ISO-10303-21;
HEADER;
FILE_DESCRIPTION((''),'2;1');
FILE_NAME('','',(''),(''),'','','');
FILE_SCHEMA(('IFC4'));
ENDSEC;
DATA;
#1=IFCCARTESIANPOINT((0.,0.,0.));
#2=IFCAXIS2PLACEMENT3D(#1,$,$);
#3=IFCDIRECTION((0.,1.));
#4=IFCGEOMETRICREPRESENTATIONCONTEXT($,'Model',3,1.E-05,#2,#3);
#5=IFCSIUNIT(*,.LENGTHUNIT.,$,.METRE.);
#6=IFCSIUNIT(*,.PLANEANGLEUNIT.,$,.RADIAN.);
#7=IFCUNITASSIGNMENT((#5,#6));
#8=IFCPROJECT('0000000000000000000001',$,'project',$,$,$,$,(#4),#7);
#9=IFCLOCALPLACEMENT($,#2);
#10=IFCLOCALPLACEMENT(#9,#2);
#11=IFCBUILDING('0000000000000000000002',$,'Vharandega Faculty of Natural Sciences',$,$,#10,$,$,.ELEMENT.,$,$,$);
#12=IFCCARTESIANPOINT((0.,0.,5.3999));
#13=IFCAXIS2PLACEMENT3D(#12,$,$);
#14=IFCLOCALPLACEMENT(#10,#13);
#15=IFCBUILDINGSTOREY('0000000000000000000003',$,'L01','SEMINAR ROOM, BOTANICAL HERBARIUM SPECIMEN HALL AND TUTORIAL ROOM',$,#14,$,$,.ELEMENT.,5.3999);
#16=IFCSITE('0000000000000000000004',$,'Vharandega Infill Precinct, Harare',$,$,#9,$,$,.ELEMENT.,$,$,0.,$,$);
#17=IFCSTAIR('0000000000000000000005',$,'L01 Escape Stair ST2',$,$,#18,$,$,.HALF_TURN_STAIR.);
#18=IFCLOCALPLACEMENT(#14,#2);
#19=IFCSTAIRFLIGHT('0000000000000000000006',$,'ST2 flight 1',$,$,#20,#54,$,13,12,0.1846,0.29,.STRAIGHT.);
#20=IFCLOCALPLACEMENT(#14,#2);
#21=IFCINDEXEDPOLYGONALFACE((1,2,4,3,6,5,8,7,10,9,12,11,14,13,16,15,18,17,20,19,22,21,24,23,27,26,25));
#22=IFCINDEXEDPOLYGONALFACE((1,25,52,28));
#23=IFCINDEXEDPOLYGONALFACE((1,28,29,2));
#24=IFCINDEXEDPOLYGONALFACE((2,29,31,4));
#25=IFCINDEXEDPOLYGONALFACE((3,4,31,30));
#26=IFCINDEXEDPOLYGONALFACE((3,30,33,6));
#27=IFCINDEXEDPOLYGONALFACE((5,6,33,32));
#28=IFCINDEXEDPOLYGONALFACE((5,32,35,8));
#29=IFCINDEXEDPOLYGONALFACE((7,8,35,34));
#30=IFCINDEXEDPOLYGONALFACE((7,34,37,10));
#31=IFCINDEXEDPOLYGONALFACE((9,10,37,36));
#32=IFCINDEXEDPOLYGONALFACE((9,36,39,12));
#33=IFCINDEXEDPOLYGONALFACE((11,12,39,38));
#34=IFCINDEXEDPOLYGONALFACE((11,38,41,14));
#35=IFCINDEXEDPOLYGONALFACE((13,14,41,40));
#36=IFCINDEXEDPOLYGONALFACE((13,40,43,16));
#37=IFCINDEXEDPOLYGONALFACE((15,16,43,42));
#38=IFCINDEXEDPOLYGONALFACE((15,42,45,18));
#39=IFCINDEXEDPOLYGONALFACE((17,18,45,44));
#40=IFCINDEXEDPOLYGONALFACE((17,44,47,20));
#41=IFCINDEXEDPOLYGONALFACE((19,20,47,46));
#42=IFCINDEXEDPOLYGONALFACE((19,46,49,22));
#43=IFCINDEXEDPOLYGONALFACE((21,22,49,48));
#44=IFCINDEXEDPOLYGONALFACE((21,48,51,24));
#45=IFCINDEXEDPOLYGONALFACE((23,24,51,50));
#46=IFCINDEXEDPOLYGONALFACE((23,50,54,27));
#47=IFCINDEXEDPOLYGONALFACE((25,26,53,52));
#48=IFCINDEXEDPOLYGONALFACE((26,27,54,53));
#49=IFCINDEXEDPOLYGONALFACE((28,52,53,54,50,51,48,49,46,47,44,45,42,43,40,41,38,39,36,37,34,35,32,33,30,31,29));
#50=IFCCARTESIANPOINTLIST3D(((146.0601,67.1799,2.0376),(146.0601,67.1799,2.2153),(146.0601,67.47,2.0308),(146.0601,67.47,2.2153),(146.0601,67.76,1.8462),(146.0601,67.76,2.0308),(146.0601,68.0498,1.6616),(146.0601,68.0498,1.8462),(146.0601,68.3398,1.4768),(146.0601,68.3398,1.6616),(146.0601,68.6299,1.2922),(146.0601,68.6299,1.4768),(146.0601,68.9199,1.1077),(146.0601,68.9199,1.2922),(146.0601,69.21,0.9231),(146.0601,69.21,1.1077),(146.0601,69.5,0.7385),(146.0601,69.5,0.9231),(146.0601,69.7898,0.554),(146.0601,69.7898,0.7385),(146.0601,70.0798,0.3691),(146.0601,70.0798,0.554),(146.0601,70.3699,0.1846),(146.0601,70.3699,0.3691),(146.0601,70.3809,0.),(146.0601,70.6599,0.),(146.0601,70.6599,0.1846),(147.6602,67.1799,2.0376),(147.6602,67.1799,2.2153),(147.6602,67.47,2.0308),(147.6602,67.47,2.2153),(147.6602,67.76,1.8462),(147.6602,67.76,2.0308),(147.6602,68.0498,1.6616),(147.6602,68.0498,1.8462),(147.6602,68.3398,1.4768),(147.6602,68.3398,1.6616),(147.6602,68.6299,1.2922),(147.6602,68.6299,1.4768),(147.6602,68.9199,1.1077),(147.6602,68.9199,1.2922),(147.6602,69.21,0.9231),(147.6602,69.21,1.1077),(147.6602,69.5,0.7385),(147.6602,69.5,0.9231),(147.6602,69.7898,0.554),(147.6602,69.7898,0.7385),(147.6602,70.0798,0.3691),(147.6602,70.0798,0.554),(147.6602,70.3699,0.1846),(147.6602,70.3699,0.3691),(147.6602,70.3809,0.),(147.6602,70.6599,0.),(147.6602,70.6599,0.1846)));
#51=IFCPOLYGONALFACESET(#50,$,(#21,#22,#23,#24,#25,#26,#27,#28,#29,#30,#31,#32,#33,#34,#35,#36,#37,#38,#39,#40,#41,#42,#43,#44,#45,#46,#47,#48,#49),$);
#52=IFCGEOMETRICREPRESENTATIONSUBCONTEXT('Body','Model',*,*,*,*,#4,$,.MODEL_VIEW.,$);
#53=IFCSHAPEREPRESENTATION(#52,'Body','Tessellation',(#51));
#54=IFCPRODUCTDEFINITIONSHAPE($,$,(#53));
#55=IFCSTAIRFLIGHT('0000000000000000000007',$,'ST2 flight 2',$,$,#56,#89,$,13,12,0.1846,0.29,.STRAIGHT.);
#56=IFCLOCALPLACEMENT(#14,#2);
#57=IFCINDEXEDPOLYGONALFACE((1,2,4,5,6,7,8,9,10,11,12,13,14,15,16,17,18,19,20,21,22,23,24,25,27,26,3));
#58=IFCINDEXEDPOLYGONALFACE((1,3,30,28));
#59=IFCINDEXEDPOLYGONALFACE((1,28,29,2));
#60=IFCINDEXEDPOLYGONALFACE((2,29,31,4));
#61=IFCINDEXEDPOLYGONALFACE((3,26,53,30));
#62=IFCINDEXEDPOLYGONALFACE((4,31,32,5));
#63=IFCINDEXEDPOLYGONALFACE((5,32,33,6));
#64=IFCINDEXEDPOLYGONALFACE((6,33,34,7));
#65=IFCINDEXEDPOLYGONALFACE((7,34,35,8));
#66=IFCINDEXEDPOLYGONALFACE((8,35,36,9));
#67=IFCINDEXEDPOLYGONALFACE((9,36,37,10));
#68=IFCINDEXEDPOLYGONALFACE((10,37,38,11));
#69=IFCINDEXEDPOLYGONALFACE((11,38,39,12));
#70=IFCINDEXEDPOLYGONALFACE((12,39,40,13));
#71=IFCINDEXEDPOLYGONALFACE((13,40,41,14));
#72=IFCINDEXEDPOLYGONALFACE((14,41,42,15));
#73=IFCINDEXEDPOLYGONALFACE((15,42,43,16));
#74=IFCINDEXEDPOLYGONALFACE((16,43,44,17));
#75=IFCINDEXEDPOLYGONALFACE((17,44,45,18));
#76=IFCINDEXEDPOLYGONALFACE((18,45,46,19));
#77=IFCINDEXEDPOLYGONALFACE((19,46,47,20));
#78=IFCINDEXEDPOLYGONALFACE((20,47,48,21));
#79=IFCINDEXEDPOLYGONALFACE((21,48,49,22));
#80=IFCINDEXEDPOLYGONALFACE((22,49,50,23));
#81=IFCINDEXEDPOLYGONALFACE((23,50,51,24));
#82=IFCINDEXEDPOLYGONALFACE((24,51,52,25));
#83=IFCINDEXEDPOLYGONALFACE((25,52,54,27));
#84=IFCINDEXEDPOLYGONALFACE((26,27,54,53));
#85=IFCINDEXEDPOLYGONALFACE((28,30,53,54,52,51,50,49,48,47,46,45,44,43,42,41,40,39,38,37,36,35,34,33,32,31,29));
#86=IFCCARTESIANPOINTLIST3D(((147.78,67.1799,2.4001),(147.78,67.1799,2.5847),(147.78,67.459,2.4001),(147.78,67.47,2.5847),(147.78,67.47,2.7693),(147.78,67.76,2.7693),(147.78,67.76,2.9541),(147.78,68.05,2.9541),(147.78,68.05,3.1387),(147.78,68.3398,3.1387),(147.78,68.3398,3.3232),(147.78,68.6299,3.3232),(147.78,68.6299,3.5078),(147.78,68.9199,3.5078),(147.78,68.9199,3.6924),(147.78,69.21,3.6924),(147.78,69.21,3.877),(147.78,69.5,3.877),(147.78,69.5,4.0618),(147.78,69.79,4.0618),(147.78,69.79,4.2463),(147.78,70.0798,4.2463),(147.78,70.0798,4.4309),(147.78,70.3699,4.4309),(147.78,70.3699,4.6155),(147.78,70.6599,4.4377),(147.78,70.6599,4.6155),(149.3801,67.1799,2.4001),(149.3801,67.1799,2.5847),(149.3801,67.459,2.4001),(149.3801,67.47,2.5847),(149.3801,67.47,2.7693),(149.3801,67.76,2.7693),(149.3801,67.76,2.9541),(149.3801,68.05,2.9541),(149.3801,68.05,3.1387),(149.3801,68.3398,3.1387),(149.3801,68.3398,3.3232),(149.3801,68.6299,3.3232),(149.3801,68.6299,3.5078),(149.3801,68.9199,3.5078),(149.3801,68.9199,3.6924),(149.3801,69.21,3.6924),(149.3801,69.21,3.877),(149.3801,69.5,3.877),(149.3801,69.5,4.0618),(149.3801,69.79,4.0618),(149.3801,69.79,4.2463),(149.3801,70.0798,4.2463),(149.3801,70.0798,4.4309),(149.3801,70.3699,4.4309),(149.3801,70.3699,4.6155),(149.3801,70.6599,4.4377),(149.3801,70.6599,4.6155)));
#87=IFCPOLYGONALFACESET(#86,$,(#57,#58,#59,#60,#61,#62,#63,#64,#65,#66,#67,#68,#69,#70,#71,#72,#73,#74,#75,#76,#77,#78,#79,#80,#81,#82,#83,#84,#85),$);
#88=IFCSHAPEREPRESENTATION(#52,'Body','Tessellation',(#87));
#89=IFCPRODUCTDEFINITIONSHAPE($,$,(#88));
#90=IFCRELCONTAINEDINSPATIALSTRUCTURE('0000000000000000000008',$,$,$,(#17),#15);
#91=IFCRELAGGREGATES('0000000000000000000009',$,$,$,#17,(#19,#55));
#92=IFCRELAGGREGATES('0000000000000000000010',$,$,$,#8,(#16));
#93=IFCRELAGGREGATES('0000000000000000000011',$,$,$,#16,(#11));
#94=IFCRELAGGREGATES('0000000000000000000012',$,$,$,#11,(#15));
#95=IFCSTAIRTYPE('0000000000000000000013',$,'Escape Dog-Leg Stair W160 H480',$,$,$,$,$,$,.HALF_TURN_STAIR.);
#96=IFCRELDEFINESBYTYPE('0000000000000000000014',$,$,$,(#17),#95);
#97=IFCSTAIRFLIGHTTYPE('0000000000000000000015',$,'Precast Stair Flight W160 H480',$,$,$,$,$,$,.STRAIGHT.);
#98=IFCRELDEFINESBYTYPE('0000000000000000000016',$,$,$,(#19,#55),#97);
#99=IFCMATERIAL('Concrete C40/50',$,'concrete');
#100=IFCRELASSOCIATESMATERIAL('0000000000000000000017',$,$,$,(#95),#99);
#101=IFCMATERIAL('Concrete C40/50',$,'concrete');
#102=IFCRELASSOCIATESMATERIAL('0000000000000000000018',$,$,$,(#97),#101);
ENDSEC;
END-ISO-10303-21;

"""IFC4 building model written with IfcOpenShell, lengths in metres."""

from ifc_helpers import new_model, si_unit, direction, frame, origin, place, context, subcontext, project, spatial, polyline, outline, extrude, material, type_object, element, aggregate, save


model = new_model("IFC4")

# Units and contexts
model_context = context("Model", 3, precision=1e-05, world=origin(), true_north=direction((0.0, 1.0)))
body_context = subcontext(model_context, "Body", "Model", "MODEL_VIEW")
ifc_project = project(units=[si_unit("LENGTHUNIT", "METRE"), si_unit("PLANEANGLEUNIT", "RADIAN")], contexts=[model_context])

# Site, building, storey
site_placement = place(None, origin())
site = spatial("IfcSite", under=ifc_project, at=site_placement, Name="Vharandega Infill Precinct, Harare", CompositionType="ELEMENT", RefElevation=0.0)
building_placement = place(site_placement, origin())
building = spatial("IfcBuilding", under=site, at=building_placement, Name="Vharandega Faculty of Natural Sciences", CompositionType="ELEMENT")
storey_placement = place(building_placement, frame((0.0, 0.0, 5.3999)))
storey = spatial("IfcBuildingStorey", under=building, at=storey_placement, Name="L01", Description="SEMINAR ROOM, BOTANICAL HERBARIUM SPECIMEN HALL AND TUTORIAL ROOM", CompositionType="ELEMENT", Elevation=5.3999)

# Stair, stair flights
ifc_material_1 = material(Name="Concrete C40/50", Category="concrete")
stair_type = type_object("IfcStairType", Name="Escape Dog-Leg Stair W160 H480", PredefinedType="HALF_TURN_STAIR", material=ifc_material_1)
stair_placement = place(storey_placement, origin())
stair = element("IfcStair", 1, at=stair_placement, inside=storey, type_object=stair_type, Name="L01 Escape Stair ST2", PredefinedType="HALF_TURN_STAIR")
ifc_material_2 = material(Name="Concrete C40/50", Category="concrete")
stair_flight_type = type_object("IfcStairFlightType", Name="Precast Stair Flight W160 H480", PredefinedType="STRAIGHT", material=ifc_material_2)
stair_flight_1_placement = place(storey_placement, frame((146.8601, 70.6599, 0.0), z_axis=(0.0, 0.0, 1.0), x_axis=(0.0, -1.0, 0.0)))
stair_flight_1 = element("IfcStairFlight", 2, at=stair_flight_1_placement, type_object=stair_flight_type, Name="ST2 flight 1", NumberOfRisers=13, NumberOfTreads=12, PredefinedType="STRAIGHT", RiserHeight=0.1846, TreadLength=0.29, context=body_context, shape_type="SweptSolid", body=[
    extrude(outline(polyline([(0.0, 0.0), (0.0, 0.1846), (0.29, 0.1846), (0.29, 0.3691), (0.5801, 0.3691), (0.5801, 0.554), (0.8701, 0.554), (0.8701, 0.7385), (1.1599, 0.7385), (1.1599, 0.9231), (1.45, 0.9231), (1.45, 1.1077), (1.74, 1.1077), (1.74, 1.2922), (2.03, 1.2922), (2.03, 1.4768), (2.3201, 1.4768), (2.3201, 1.6616), (2.6101, 1.6616), (2.6101, 1.8462), (2.8999, 1.8462), (2.8999, 2.0308), (3.1899, 2.0308), (3.1899, 2.2153), (3.48, 2.2153), (3.48, 2.3999), (3.48, 2.0376), (0.2791, 0.0), (0.0, 0.0)])), frame((0.0, 0.8, 0.0), z_axis=(0.0, -1.0, 0.0), x_axis=(1.0, 0.0, 0.0)), (0.0, 0.0, 1.0), 1.6001),
])
stair_flight_2_placement = place(storey_placement, frame((148.5801, 67.1799, 2.4001), z_axis=(0.0, 0.0, 1.0), x_axis=(0.0, 1.0, 0.0)))
stair_flight_2 = element("IfcStairFlight", 3, at=stair_flight_2_placement, type_object=stair_flight_type, Name="ST2 flight 2", NumberOfRisers=13, NumberOfTreads=12, PredefinedType="STRAIGHT", RiserHeight=0.1846, TreadLength=0.29, context=body_context, shape_type="SweptSolid", body=[
    extrude(outline(polyline([(0.0, 0.0), (0.0, 0.1846), (0.29, 0.1846), (0.29, 0.3691), (0.5801, 0.3691), (0.5801, 0.554), (0.8701, 0.554), (0.8701, 0.7385), (1.1599, 0.7385), (1.1599, 0.9231), (1.45, 0.9231), (1.45, 1.1077), (1.74, 1.1077), (1.74, 1.2922), (2.03, 1.2922), (2.03, 1.4768), (2.3201, 1.4768), (2.3201, 1.6616), (2.6101, 1.6616), (2.6101, 1.8462), (2.8999, 1.8462), (2.8999, 2.0308), (3.1899, 2.0308), (3.1899, 2.2153), (3.48, 2.2153), (3.48, 2.3999), (3.48, 2.0376), (0.2791, 0.0), (0.0, 0.0)])), frame((0.0, 0.8, 0.0), z_axis=(0.0, -1.0, 0.0), x_axis=(1.0, 0.0, 0.0)), (0.0, 0.0, 1.0), 1.6001),
])
aggregate(stair, [stair_flight_1, stair_flight_2])

save(model, "model.ifc")
